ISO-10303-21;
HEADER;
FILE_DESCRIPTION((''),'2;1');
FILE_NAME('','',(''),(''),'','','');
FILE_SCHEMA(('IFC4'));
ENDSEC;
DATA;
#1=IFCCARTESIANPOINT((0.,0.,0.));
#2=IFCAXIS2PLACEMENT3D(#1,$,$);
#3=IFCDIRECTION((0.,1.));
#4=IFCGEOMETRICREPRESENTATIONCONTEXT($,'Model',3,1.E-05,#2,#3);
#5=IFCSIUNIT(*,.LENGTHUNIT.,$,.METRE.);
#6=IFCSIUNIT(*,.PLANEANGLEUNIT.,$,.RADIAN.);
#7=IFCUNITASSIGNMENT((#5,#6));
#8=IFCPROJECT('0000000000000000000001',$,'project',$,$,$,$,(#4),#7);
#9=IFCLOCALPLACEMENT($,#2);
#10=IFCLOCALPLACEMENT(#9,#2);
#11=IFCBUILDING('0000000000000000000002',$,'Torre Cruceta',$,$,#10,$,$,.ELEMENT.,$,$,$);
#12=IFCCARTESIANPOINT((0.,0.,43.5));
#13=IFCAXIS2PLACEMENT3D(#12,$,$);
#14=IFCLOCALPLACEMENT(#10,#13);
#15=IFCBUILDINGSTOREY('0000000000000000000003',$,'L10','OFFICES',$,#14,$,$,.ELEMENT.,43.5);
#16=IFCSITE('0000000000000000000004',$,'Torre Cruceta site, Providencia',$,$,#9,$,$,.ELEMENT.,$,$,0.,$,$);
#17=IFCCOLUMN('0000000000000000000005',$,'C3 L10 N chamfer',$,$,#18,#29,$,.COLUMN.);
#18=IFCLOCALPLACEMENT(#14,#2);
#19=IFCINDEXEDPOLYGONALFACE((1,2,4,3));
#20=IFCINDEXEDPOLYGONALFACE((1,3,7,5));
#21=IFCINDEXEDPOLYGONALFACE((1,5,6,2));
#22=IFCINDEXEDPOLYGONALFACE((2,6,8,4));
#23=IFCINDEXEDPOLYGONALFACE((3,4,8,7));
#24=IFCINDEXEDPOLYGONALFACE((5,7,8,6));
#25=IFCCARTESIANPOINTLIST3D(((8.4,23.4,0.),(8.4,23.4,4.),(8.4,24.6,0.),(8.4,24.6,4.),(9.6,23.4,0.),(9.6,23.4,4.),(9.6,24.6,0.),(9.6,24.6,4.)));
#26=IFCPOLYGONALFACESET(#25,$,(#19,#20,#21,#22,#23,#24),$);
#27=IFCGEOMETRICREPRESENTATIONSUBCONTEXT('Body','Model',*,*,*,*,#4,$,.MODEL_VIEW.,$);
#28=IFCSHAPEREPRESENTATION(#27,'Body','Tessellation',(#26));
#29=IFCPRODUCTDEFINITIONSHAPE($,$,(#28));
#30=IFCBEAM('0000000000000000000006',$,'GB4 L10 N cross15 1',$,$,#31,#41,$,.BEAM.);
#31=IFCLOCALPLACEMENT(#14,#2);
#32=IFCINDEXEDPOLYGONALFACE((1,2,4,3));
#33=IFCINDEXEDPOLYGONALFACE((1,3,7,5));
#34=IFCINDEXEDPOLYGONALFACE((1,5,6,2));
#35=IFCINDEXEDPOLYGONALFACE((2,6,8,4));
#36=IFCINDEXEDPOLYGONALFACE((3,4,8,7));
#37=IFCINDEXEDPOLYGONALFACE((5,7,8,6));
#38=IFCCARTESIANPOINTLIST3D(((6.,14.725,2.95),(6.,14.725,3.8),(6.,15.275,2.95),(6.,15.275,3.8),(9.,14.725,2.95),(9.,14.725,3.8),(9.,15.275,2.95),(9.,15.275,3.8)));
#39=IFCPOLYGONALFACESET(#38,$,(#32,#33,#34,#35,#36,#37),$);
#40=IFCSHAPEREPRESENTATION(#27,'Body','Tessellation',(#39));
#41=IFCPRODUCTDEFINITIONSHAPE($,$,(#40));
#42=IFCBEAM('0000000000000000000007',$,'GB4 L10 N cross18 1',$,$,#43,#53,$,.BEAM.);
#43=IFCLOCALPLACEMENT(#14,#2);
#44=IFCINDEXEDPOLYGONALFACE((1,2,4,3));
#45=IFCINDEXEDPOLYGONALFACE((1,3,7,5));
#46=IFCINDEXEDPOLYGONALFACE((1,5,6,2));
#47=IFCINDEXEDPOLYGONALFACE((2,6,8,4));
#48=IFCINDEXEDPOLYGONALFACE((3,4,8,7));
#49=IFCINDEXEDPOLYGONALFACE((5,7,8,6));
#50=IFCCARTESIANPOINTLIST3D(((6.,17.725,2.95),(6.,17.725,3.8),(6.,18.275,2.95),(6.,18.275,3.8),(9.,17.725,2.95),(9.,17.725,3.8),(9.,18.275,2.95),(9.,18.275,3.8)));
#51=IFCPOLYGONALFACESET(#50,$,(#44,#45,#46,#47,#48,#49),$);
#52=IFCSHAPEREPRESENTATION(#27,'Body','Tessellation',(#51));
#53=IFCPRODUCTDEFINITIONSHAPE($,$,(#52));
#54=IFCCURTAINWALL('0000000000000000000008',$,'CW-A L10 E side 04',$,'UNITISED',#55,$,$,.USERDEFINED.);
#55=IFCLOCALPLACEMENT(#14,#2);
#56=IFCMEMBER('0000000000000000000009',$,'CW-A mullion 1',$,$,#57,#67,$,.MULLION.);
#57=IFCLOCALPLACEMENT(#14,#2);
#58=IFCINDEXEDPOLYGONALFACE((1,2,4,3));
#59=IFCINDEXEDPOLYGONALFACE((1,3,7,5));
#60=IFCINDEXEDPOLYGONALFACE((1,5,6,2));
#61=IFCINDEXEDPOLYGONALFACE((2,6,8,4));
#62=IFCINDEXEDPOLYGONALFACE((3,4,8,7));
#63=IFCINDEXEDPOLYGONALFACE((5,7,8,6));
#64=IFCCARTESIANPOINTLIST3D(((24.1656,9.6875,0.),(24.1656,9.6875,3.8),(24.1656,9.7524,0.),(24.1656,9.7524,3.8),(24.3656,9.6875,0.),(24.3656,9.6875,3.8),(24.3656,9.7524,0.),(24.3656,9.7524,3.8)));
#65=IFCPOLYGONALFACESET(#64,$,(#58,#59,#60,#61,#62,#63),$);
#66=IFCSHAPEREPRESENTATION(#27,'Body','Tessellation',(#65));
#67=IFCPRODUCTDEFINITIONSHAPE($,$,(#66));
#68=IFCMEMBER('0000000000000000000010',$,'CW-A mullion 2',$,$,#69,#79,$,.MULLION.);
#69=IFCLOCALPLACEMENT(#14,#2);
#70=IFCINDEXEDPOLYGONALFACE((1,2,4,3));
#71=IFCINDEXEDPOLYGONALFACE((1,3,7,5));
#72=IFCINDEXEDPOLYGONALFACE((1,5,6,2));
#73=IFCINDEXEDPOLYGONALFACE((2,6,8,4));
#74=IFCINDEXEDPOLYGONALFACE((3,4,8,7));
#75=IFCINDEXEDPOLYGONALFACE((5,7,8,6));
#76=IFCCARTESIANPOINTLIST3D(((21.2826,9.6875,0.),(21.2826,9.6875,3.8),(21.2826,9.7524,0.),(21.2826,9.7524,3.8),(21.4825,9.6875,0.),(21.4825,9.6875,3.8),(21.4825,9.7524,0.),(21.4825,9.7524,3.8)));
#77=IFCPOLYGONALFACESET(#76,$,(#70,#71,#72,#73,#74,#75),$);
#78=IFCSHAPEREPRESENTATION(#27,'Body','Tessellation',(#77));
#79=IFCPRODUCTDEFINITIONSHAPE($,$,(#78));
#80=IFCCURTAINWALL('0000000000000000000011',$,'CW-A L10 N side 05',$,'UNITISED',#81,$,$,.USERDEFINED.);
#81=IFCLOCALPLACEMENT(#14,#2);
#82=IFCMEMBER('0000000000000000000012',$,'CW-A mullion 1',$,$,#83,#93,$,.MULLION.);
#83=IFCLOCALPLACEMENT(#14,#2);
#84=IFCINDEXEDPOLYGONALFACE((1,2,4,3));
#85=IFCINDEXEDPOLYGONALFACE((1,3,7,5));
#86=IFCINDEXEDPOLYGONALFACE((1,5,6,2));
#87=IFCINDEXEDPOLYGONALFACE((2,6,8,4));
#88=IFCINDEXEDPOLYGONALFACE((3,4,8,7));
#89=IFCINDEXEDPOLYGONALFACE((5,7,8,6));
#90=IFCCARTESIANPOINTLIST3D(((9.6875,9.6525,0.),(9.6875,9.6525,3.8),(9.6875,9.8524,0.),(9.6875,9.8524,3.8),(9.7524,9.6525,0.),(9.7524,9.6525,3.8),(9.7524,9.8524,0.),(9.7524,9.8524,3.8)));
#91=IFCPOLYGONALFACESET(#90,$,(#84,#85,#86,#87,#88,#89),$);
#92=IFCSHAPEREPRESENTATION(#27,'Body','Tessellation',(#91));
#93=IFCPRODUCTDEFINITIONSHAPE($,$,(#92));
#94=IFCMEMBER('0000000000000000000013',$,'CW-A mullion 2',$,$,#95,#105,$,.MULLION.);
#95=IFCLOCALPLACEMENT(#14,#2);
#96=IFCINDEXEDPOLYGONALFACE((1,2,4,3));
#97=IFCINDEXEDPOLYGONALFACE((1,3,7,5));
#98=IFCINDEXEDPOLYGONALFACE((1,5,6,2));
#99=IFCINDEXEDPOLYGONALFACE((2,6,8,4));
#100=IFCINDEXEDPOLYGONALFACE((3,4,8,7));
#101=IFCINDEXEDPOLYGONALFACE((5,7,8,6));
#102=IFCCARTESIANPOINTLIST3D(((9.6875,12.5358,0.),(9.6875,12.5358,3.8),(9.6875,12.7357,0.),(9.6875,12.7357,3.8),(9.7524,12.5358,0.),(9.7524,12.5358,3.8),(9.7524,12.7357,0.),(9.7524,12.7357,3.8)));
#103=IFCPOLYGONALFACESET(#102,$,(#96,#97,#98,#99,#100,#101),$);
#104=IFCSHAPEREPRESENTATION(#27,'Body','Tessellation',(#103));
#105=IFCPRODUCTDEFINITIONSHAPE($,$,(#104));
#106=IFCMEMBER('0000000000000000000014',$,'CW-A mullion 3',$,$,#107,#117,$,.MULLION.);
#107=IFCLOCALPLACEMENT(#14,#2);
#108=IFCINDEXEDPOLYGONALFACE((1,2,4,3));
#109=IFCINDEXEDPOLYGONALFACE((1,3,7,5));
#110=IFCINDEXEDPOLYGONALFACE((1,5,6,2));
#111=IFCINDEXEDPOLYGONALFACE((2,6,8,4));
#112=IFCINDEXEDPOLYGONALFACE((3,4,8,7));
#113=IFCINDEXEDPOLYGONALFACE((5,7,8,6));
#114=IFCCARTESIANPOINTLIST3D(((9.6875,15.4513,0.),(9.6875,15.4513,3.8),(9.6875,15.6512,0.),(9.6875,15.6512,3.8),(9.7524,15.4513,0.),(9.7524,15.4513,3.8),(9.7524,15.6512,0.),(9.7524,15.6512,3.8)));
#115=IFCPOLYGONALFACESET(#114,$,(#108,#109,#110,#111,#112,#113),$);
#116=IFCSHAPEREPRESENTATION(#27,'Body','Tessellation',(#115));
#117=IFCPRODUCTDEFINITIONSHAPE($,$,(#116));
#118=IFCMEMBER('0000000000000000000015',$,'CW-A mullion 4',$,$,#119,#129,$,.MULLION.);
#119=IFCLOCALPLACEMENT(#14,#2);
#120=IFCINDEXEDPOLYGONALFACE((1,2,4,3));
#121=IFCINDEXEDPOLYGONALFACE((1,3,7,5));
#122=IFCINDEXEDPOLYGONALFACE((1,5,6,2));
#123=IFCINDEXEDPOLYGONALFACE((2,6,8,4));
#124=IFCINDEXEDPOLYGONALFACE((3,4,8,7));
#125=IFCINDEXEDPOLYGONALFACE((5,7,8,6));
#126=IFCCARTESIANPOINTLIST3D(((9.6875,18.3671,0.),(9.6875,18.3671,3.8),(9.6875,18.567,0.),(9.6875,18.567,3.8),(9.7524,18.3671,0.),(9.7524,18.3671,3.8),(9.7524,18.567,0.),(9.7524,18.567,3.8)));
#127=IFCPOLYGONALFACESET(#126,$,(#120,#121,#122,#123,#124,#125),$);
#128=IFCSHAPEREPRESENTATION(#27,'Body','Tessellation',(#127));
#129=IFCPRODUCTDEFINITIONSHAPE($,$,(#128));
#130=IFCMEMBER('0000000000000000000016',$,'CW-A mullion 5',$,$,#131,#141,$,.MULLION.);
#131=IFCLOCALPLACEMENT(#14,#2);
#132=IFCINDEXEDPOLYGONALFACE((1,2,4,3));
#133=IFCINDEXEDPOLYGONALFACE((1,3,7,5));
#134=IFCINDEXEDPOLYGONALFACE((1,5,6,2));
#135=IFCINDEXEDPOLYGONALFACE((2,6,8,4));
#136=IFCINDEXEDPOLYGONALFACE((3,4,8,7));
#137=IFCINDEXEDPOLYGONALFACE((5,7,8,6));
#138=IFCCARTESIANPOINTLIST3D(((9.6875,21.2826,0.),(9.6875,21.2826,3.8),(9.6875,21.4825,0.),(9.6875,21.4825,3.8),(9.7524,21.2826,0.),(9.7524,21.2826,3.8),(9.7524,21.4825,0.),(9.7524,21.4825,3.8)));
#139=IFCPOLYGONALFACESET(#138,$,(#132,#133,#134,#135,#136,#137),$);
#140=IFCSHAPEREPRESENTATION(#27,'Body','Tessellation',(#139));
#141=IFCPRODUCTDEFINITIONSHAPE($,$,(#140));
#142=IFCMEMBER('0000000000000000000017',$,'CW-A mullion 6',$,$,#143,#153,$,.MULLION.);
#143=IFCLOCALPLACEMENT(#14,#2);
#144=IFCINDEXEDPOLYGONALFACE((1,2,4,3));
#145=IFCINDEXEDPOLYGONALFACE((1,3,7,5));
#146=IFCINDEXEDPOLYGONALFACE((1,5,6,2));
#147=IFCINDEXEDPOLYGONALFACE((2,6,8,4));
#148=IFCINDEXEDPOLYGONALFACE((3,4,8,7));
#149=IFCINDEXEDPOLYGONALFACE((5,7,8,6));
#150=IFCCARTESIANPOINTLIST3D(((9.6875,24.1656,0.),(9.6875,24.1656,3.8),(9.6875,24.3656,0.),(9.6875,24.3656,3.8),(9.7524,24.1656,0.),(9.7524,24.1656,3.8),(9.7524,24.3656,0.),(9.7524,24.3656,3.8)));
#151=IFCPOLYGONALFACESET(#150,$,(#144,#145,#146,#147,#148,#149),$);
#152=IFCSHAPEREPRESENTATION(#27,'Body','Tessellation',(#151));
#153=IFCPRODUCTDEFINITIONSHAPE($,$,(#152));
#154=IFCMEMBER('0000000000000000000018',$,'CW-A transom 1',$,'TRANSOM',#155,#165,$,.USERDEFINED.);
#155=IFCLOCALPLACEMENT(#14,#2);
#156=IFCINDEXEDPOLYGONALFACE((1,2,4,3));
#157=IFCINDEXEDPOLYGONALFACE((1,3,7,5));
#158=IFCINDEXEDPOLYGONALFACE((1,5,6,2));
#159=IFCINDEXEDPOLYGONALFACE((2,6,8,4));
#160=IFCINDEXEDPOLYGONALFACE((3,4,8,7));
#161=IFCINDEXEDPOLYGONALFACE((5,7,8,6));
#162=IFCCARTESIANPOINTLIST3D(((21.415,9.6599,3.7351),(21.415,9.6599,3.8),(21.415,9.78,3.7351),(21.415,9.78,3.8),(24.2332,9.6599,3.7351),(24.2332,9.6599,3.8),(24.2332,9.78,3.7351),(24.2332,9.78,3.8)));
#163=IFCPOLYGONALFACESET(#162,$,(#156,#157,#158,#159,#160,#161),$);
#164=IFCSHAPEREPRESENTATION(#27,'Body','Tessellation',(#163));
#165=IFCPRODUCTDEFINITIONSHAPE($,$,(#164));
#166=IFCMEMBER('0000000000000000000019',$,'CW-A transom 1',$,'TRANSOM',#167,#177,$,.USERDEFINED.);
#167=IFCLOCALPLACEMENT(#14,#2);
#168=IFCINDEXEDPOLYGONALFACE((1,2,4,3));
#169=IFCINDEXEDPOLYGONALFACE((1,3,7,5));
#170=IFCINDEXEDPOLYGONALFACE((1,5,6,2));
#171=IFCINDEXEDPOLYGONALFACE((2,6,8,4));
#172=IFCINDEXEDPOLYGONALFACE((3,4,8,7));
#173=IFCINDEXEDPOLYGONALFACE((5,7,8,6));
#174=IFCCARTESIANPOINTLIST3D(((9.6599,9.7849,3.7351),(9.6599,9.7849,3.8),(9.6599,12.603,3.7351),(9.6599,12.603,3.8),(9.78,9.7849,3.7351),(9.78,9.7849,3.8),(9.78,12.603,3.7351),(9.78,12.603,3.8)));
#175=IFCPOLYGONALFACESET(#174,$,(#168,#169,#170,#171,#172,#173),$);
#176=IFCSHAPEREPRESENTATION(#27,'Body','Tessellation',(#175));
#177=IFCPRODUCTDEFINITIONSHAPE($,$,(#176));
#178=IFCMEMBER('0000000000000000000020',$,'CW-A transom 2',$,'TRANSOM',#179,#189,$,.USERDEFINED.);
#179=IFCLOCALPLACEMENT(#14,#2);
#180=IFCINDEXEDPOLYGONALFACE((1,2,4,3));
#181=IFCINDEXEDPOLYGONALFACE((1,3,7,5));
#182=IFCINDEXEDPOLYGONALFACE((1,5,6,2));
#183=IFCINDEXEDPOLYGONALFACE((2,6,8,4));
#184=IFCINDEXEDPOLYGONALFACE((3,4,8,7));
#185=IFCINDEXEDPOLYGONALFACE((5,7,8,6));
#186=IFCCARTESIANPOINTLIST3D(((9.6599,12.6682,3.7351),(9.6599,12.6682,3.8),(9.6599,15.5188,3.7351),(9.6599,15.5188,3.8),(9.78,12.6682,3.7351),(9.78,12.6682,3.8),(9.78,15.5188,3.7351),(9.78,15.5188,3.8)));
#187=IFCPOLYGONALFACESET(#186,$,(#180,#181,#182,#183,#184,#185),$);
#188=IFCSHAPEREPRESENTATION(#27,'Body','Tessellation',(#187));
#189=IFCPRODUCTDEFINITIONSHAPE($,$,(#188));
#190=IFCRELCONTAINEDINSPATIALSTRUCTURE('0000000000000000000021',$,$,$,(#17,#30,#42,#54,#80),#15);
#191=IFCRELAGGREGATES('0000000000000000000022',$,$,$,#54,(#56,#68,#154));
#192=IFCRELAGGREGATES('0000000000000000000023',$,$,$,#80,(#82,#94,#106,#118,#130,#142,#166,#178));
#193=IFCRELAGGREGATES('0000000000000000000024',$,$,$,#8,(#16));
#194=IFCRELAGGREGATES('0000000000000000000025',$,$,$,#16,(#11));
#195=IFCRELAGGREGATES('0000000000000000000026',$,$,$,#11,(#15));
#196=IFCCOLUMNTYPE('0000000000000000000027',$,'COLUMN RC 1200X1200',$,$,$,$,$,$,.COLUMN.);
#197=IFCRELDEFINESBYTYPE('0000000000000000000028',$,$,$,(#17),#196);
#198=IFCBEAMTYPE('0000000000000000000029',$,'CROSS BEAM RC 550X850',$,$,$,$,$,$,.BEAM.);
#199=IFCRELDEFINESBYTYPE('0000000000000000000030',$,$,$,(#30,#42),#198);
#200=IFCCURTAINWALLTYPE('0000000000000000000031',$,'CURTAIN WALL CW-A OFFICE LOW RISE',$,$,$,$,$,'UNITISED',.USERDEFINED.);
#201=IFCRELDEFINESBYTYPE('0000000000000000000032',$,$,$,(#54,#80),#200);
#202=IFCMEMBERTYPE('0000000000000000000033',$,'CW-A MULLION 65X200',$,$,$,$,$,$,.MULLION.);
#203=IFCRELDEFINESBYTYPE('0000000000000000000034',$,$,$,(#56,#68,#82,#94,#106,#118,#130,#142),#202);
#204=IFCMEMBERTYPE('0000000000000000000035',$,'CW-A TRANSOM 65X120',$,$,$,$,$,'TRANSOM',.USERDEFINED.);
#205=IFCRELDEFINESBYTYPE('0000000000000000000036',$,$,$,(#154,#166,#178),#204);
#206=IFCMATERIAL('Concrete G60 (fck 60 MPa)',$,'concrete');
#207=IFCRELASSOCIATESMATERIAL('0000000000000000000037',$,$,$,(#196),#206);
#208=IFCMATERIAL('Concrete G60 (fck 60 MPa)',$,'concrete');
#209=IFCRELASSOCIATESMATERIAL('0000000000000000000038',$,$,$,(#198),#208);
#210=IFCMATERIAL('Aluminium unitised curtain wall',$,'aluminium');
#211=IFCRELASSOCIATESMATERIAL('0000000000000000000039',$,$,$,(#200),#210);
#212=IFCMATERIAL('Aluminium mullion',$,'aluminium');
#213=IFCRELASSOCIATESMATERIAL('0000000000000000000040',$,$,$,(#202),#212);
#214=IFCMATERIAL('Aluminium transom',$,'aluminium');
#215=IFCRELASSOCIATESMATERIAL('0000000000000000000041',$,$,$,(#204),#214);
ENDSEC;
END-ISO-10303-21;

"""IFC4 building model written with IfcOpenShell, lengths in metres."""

from ifc_helpers import new_model, si_unit, direction, frame, origin, origin_2d, place, context, subcontext, project, spatial, rectangle, extrude, material, material_profile, profile_set, type_object, element, aggregate, save


model = new_model("IFC4")

# Units and contexts
model_context = context("Model", 3, precision=1e-05, world=origin(), true_north=direction((0.0, 1.0)))
body_context = subcontext(model_context, "Body", "Model", "MODEL_VIEW")
ifc_project = project(units=[si_unit("LENGTHUNIT", "METRE"), si_unit("PLANEANGLEUNIT", "RADIAN")], contexts=[model_context])

# Site, building, storey
site_placement = place(None, origin())
site = spatial("IfcSite", under=ifc_project, at=site_placement, Name="Torre Cruceta site, Providencia", CompositionType="ELEMENT", RefElevation=0.0)
building_placement = place(site_placement, origin())
building = spatial("IfcBuilding", under=site, at=building_placement, Name="Torre Cruceta", CompositionType="ELEMENT")
storey_placement = place(building_placement, frame((0.0, 0.0, 43.5)))
storey = spatial("IfcBuildingStorey", under=building, at=storey_placement, Name="L10", Description="OFFICES", CompositionType="ELEMENT", Elevation=43.5)

# Column
ifc_material_1 = material(Name="Concrete G60 (fck 60 MPa)", Category="concrete")
ifc_material_profile_1 = material_profile(ifc_material_1, rectangle(XDim=1.2, YDim=1.2, at=origin_2d()), Name="RC 1200X1200")
ifc_profile_set_1 = profile_set([ifc_material_profile_1], Name="Concrete G60 (fck 60 MPa)")
column_type = type_object("IfcColumnType", Name="COLUMN RC 1200X1200", PredefinedType="COLUMN", material=ifc_profile_set_1)
column_placement = place(storey_placement, frame((9.0, 24.0, 0.0), z_axis=(0.0, 0.0, 1.0), x_axis=(1.0, 0.0, 0.0)))
element("IfcColumn", 1, at=column_placement, inside=storey, type_object=column_type, Name="C3 L10 N chamfer", PredefinedType="COLUMN", context=body_context, shape_type="SweptSolid", body=[
    extrude(rectangle(XDim=1.2, YDim=1.2, at=origin_2d()), origin(), (0.0, 0.0, 1.0), 4.0),
])

# Beams
ifc_material_2 = material(Name="Concrete G60 (fck 60 MPa)", Category="concrete")
ifc_material_profile_2 = material_profile(ifc_material_2, rectangle(XDim=0.55, YDim=0.8501, at=origin_2d()), Name="RC 550X850")
ifc_profile_set_2 = profile_set([ifc_material_profile_2], Name="Concrete G60 (fck 60 MPa)")
beam_type_1 = type_object("IfcBeamType", Name="CROSS BEAM RC 550X850", PredefinedType="BEAM", material=ifc_profile_set_2)
for number, where, z_axis, x_axis, name in (
    (2, (9.0, 15.0, 3.375), (-1.0, 0.0, 0.0), (0.0, -1.0, 0.0), "GB4 L10 N cross15 1"),
    (3, (9.0, 18.0, 3.375), (-1.0, 0.0, 0.0), (0.0, -1.0, 0.0), "GB4 L10 N cross18 1"),
):
    element("IfcBeam", number, at=place(storey_placement, frame(where, z_axis=z_axis, x_axis=x_axis)), inside=storey, type_object=beam_type_1, Name=name, PredefinedType="BEAM", context=body_context, shape_type="SweptSolid", body=[
        extrude(rectangle(XDim=0.55, YDim=0.8501, at=origin_2d()), origin(), (0.0, 0.0, 1.0), 3.0),
    ])

# Curtain walls, members
ifc_material_3 = material(Name="Aluminium unitised curtain wall", Category="aluminium")
curtain_wall_type = type_object("IfcCurtainWallType", Name="CURTAIN WALL CW-A OFFICE LOW RISE", ElementType="UNITISED", PredefinedType="USERDEFINED", material=ifc_material_3)
curtain_wall_1_placement = place(storey_placement, origin())
curtain_wall_1 = element("IfcCurtainWall", 4, at=curtain_wall_1_placement, inside=storey, type_object=curtain_wall_type, Name="CW-A L10 E side 04", ObjectType="UNITISED", PredefinedType="USERDEFINED")
ifc_material_4 = material(Name="Aluminium mullion", Category="aluminium")
ifc_material_profile_3 = material_profile(ifc_material_4, rectangle(XDim=0.0649, YDim=0.2, at=origin_2d()), Name="AL 65X200")
ifc_profile_set_3 = profile_set([ifc_material_profile_3], Name="Aluminium mullion")
member_type_1 = type_object("IfcMemberType", Name="CW-A MULLION 65X200", PredefinedType="MULLION", material=ifc_profile_set_3)
member_1_placement = place(storey_placement, frame((24.2656, 9.72, 0.0), z_axis=(0.0, 0.0, 1.0), x_axis=(0.0, -1.0, 0.0)))
member_1 = element("IfcMember", 5, at=member_1_placement, type_object=member_type_1, Name="CW-A mullion 1", PredefinedType="MULLION", context=body_context, shape_type="SweptSolid", body=[
    extrude(rectangle(XDim=0.0649, YDim=0.2, at=origin_2d()), origin(), (0.0, 0.0, 1.0), 3.8),
])
member_2_placement = place(storey_placement, frame((21.3826, 9.72, 0.0), z_axis=(0.0, 0.0, 1.0), x_axis=(0.0, -1.0, 0.0)))
member_2 = element("IfcMember", 6, at=member_2_placement, type_object=member_type_1, Name="CW-A mullion 2", PredefinedType="MULLION", context=body_context, shape_type="SweptSolid", body=[
    extrude(rectangle(XDim=0.0649, YDim=0.2, at=origin_2d()), origin(), (0.0, 0.0, 1.0), 3.8),
])
curtain_wall_2_placement = place(storey_placement, origin())
curtain_wall_2 = element("IfcCurtainWall", 7, at=curtain_wall_2_placement, inside=storey, type_object=curtain_wall_type, Name="CW-A L10 N side 05", ObjectType="UNITISED", PredefinedType="USERDEFINED")
member_3_placement = place(storey_placement, frame((9.72, 9.7524, 0.0), z_axis=(0.0, 0.0, 1.0), x_axis=(-1.0, 0.0, 0.0)))
member_3 = element("IfcMember", 8, at=member_3_placement, type_object=member_type_1, Name="CW-A mullion 1", PredefinedType="MULLION", context=body_context, shape_type="SweptSolid", body=[
    extrude(rectangle(XDim=0.0649, YDim=0.2, at=origin_2d()), origin(), (0.0, 0.0, 1.0), 3.8),
])
member_4_placement = place(storey_placement, frame((9.72, 12.6357, 0.0), z_axis=(0.0, 0.0, 1.0), x_axis=(-1.0, 0.0, 0.0)))
member_4 = element("IfcMember", 9, at=member_4_placement, type_object=member_type_1, Name="CW-A mullion 2", PredefinedType="MULLION", context=body_context, shape_type="SweptSolid", body=[
    extrude(rectangle(XDim=0.0649, YDim=0.2, at=origin_2d()), origin(), (0.0, 0.0, 1.0), 3.8),
])
member_5_placement = place(storey_placement, frame((9.72, 15.5513, 0.0), z_axis=(0.0, 0.0, 1.0), x_axis=(-1.0, 0.0, 0.0)))
member_5 = element("IfcMember", 10, at=member_5_placement, type_object=member_type_1, Name="CW-A mullion 3", PredefinedType="MULLION", context=body_context, shape_type="SweptSolid", body=[
    extrude(rectangle(XDim=0.0649, YDim=0.2, at=origin_2d()), origin(), (0.0, 0.0, 1.0), 3.8),
])
member_6_placement = place(storey_placement, frame((9.72, 18.467, 0.0), z_axis=(0.0, 0.0, 1.0), x_axis=(-1.0, 0.0, 0.0)))
member_6 = element("IfcMember", 11, at=member_6_placement, type_object=member_type_1, Name="CW-A mullion 4", PredefinedType="MULLION", context=body_context, shape_type="SweptSolid", body=[
    extrude(rectangle(XDim=0.0649, YDim=0.2, at=origin_2d()), origin(), (0.0, 0.0, 1.0), 3.8),
])
member_7_placement = place(storey_placement, frame((9.72, 21.3826, 0.0), z_axis=(0.0, 0.0, 1.0), x_axis=(-1.0, 0.0, 0.0)))
member_7 = element("IfcMember", 12, at=member_7_placement, type_object=member_type_1, Name="CW-A mullion 5", PredefinedType="MULLION", context=body_context, shape_type="SweptSolid", body=[
    extrude(rectangle(XDim=0.0649, YDim=0.2, at=origin_2d()), origin(), (0.0, 0.0, 1.0), 3.8),
])
member_8_placement = place(storey_placement, frame((9.72, 24.2656, 0.0), z_axis=(0.0, 0.0, 1.0), x_axis=(-1.0, 0.0, 0.0)))
member_8 = element("IfcMember", 13, at=member_8_placement, type_object=member_type_1, Name="CW-A mullion 6", PredefinedType="MULLION", context=body_context, shape_type="SweptSolid", body=[
    extrude(rectangle(XDim=0.0649, YDim=0.2, at=origin_2d()), origin(), (0.0, 0.0, 1.0), 3.8),
])

# Members
ifc_material_5 = material(Name="Aluminium transom", Category="aluminium")
ifc_material_profile_4 = material_profile(ifc_material_5, rectangle(XDim=0.1201, YDim=0.0649, at=origin_2d()), Name="AL 120X65")
ifc_profile_set_4 = profile_set([ifc_material_profile_4], Name="Aluminium transom")
member_type_2 = type_object("IfcMemberType", Name="CW-A TRANSOM 65X120", ElementType="TRANSOM", PredefinedType="USERDEFINED", material=ifc_profile_set_4)
member_9_placement = place(storey_placement, frame((24.2332, 9.72, 3.7676), z_axis=(-1.0, 0.0, 0.0), x_axis=(0.0, -1.0, 0.0)))
member_9 = element("IfcMember", 14, at=member_9_placement, type_object=member_type_2, Name="CW-A transom 1", ObjectType="TRANSOM", PredefinedType="USERDEFINED", context=body_context, shape_type="SweptSolid", body=[
    extrude(rectangle(XDim=0.1201, YDim=0.0649, at=origin_2d()), origin(), (0.0, 0.0, 1.0), 2.8181),
])
member_10_placement = place(storey_placement, frame((9.72, 9.7849, 3.7676), z_axis=(0.0, 1.0, 0.0), x_axis=(-1.0, 0.0, 0.0)))
member_10 = element("IfcMember", 15, at=member_10_placement, type_object=member_type_2, Name="CW-A transom 1", ObjectType="TRANSOM", PredefinedType="USERDEFINED", context=body_context, shape_type="SweptSolid", body=[
    extrude(rectangle(XDim=0.1201, YDim=0.0649, at=origin_2d()), origin(), (0.0, 0.0, 1.0), 2.8181),
])
member_11_placement = place(storey_placement, frame((9.72, 12.6682, 3.7676), z_axis=(0.0, 1.0, 0.0), x_axis=(-1.0, 0.0, 0.0)))
member_11 = element("IfcMember", 16, at=member_11_placement, type_object=member_type_2, Name="CW-A transom 2", ObjectType="TRANSOM", PredefinedType="USERDEFINED", context=body_context, shape_type="SweptSolid", body=[
    extrude(rectangle(XDim=0.1201, YDim=0.0649, at=origin_2d()), origin(), (0.0, 0.0, 1.0), 2.8506),
])

aggregate(curtain_wall_1, [member_1, member_2, member_9])
aggregate(curtain_wall_2, [member_3, member_4, member_5, member_6, member_7, member_8, member_10, member_11])

save(model, "model.ifc")
